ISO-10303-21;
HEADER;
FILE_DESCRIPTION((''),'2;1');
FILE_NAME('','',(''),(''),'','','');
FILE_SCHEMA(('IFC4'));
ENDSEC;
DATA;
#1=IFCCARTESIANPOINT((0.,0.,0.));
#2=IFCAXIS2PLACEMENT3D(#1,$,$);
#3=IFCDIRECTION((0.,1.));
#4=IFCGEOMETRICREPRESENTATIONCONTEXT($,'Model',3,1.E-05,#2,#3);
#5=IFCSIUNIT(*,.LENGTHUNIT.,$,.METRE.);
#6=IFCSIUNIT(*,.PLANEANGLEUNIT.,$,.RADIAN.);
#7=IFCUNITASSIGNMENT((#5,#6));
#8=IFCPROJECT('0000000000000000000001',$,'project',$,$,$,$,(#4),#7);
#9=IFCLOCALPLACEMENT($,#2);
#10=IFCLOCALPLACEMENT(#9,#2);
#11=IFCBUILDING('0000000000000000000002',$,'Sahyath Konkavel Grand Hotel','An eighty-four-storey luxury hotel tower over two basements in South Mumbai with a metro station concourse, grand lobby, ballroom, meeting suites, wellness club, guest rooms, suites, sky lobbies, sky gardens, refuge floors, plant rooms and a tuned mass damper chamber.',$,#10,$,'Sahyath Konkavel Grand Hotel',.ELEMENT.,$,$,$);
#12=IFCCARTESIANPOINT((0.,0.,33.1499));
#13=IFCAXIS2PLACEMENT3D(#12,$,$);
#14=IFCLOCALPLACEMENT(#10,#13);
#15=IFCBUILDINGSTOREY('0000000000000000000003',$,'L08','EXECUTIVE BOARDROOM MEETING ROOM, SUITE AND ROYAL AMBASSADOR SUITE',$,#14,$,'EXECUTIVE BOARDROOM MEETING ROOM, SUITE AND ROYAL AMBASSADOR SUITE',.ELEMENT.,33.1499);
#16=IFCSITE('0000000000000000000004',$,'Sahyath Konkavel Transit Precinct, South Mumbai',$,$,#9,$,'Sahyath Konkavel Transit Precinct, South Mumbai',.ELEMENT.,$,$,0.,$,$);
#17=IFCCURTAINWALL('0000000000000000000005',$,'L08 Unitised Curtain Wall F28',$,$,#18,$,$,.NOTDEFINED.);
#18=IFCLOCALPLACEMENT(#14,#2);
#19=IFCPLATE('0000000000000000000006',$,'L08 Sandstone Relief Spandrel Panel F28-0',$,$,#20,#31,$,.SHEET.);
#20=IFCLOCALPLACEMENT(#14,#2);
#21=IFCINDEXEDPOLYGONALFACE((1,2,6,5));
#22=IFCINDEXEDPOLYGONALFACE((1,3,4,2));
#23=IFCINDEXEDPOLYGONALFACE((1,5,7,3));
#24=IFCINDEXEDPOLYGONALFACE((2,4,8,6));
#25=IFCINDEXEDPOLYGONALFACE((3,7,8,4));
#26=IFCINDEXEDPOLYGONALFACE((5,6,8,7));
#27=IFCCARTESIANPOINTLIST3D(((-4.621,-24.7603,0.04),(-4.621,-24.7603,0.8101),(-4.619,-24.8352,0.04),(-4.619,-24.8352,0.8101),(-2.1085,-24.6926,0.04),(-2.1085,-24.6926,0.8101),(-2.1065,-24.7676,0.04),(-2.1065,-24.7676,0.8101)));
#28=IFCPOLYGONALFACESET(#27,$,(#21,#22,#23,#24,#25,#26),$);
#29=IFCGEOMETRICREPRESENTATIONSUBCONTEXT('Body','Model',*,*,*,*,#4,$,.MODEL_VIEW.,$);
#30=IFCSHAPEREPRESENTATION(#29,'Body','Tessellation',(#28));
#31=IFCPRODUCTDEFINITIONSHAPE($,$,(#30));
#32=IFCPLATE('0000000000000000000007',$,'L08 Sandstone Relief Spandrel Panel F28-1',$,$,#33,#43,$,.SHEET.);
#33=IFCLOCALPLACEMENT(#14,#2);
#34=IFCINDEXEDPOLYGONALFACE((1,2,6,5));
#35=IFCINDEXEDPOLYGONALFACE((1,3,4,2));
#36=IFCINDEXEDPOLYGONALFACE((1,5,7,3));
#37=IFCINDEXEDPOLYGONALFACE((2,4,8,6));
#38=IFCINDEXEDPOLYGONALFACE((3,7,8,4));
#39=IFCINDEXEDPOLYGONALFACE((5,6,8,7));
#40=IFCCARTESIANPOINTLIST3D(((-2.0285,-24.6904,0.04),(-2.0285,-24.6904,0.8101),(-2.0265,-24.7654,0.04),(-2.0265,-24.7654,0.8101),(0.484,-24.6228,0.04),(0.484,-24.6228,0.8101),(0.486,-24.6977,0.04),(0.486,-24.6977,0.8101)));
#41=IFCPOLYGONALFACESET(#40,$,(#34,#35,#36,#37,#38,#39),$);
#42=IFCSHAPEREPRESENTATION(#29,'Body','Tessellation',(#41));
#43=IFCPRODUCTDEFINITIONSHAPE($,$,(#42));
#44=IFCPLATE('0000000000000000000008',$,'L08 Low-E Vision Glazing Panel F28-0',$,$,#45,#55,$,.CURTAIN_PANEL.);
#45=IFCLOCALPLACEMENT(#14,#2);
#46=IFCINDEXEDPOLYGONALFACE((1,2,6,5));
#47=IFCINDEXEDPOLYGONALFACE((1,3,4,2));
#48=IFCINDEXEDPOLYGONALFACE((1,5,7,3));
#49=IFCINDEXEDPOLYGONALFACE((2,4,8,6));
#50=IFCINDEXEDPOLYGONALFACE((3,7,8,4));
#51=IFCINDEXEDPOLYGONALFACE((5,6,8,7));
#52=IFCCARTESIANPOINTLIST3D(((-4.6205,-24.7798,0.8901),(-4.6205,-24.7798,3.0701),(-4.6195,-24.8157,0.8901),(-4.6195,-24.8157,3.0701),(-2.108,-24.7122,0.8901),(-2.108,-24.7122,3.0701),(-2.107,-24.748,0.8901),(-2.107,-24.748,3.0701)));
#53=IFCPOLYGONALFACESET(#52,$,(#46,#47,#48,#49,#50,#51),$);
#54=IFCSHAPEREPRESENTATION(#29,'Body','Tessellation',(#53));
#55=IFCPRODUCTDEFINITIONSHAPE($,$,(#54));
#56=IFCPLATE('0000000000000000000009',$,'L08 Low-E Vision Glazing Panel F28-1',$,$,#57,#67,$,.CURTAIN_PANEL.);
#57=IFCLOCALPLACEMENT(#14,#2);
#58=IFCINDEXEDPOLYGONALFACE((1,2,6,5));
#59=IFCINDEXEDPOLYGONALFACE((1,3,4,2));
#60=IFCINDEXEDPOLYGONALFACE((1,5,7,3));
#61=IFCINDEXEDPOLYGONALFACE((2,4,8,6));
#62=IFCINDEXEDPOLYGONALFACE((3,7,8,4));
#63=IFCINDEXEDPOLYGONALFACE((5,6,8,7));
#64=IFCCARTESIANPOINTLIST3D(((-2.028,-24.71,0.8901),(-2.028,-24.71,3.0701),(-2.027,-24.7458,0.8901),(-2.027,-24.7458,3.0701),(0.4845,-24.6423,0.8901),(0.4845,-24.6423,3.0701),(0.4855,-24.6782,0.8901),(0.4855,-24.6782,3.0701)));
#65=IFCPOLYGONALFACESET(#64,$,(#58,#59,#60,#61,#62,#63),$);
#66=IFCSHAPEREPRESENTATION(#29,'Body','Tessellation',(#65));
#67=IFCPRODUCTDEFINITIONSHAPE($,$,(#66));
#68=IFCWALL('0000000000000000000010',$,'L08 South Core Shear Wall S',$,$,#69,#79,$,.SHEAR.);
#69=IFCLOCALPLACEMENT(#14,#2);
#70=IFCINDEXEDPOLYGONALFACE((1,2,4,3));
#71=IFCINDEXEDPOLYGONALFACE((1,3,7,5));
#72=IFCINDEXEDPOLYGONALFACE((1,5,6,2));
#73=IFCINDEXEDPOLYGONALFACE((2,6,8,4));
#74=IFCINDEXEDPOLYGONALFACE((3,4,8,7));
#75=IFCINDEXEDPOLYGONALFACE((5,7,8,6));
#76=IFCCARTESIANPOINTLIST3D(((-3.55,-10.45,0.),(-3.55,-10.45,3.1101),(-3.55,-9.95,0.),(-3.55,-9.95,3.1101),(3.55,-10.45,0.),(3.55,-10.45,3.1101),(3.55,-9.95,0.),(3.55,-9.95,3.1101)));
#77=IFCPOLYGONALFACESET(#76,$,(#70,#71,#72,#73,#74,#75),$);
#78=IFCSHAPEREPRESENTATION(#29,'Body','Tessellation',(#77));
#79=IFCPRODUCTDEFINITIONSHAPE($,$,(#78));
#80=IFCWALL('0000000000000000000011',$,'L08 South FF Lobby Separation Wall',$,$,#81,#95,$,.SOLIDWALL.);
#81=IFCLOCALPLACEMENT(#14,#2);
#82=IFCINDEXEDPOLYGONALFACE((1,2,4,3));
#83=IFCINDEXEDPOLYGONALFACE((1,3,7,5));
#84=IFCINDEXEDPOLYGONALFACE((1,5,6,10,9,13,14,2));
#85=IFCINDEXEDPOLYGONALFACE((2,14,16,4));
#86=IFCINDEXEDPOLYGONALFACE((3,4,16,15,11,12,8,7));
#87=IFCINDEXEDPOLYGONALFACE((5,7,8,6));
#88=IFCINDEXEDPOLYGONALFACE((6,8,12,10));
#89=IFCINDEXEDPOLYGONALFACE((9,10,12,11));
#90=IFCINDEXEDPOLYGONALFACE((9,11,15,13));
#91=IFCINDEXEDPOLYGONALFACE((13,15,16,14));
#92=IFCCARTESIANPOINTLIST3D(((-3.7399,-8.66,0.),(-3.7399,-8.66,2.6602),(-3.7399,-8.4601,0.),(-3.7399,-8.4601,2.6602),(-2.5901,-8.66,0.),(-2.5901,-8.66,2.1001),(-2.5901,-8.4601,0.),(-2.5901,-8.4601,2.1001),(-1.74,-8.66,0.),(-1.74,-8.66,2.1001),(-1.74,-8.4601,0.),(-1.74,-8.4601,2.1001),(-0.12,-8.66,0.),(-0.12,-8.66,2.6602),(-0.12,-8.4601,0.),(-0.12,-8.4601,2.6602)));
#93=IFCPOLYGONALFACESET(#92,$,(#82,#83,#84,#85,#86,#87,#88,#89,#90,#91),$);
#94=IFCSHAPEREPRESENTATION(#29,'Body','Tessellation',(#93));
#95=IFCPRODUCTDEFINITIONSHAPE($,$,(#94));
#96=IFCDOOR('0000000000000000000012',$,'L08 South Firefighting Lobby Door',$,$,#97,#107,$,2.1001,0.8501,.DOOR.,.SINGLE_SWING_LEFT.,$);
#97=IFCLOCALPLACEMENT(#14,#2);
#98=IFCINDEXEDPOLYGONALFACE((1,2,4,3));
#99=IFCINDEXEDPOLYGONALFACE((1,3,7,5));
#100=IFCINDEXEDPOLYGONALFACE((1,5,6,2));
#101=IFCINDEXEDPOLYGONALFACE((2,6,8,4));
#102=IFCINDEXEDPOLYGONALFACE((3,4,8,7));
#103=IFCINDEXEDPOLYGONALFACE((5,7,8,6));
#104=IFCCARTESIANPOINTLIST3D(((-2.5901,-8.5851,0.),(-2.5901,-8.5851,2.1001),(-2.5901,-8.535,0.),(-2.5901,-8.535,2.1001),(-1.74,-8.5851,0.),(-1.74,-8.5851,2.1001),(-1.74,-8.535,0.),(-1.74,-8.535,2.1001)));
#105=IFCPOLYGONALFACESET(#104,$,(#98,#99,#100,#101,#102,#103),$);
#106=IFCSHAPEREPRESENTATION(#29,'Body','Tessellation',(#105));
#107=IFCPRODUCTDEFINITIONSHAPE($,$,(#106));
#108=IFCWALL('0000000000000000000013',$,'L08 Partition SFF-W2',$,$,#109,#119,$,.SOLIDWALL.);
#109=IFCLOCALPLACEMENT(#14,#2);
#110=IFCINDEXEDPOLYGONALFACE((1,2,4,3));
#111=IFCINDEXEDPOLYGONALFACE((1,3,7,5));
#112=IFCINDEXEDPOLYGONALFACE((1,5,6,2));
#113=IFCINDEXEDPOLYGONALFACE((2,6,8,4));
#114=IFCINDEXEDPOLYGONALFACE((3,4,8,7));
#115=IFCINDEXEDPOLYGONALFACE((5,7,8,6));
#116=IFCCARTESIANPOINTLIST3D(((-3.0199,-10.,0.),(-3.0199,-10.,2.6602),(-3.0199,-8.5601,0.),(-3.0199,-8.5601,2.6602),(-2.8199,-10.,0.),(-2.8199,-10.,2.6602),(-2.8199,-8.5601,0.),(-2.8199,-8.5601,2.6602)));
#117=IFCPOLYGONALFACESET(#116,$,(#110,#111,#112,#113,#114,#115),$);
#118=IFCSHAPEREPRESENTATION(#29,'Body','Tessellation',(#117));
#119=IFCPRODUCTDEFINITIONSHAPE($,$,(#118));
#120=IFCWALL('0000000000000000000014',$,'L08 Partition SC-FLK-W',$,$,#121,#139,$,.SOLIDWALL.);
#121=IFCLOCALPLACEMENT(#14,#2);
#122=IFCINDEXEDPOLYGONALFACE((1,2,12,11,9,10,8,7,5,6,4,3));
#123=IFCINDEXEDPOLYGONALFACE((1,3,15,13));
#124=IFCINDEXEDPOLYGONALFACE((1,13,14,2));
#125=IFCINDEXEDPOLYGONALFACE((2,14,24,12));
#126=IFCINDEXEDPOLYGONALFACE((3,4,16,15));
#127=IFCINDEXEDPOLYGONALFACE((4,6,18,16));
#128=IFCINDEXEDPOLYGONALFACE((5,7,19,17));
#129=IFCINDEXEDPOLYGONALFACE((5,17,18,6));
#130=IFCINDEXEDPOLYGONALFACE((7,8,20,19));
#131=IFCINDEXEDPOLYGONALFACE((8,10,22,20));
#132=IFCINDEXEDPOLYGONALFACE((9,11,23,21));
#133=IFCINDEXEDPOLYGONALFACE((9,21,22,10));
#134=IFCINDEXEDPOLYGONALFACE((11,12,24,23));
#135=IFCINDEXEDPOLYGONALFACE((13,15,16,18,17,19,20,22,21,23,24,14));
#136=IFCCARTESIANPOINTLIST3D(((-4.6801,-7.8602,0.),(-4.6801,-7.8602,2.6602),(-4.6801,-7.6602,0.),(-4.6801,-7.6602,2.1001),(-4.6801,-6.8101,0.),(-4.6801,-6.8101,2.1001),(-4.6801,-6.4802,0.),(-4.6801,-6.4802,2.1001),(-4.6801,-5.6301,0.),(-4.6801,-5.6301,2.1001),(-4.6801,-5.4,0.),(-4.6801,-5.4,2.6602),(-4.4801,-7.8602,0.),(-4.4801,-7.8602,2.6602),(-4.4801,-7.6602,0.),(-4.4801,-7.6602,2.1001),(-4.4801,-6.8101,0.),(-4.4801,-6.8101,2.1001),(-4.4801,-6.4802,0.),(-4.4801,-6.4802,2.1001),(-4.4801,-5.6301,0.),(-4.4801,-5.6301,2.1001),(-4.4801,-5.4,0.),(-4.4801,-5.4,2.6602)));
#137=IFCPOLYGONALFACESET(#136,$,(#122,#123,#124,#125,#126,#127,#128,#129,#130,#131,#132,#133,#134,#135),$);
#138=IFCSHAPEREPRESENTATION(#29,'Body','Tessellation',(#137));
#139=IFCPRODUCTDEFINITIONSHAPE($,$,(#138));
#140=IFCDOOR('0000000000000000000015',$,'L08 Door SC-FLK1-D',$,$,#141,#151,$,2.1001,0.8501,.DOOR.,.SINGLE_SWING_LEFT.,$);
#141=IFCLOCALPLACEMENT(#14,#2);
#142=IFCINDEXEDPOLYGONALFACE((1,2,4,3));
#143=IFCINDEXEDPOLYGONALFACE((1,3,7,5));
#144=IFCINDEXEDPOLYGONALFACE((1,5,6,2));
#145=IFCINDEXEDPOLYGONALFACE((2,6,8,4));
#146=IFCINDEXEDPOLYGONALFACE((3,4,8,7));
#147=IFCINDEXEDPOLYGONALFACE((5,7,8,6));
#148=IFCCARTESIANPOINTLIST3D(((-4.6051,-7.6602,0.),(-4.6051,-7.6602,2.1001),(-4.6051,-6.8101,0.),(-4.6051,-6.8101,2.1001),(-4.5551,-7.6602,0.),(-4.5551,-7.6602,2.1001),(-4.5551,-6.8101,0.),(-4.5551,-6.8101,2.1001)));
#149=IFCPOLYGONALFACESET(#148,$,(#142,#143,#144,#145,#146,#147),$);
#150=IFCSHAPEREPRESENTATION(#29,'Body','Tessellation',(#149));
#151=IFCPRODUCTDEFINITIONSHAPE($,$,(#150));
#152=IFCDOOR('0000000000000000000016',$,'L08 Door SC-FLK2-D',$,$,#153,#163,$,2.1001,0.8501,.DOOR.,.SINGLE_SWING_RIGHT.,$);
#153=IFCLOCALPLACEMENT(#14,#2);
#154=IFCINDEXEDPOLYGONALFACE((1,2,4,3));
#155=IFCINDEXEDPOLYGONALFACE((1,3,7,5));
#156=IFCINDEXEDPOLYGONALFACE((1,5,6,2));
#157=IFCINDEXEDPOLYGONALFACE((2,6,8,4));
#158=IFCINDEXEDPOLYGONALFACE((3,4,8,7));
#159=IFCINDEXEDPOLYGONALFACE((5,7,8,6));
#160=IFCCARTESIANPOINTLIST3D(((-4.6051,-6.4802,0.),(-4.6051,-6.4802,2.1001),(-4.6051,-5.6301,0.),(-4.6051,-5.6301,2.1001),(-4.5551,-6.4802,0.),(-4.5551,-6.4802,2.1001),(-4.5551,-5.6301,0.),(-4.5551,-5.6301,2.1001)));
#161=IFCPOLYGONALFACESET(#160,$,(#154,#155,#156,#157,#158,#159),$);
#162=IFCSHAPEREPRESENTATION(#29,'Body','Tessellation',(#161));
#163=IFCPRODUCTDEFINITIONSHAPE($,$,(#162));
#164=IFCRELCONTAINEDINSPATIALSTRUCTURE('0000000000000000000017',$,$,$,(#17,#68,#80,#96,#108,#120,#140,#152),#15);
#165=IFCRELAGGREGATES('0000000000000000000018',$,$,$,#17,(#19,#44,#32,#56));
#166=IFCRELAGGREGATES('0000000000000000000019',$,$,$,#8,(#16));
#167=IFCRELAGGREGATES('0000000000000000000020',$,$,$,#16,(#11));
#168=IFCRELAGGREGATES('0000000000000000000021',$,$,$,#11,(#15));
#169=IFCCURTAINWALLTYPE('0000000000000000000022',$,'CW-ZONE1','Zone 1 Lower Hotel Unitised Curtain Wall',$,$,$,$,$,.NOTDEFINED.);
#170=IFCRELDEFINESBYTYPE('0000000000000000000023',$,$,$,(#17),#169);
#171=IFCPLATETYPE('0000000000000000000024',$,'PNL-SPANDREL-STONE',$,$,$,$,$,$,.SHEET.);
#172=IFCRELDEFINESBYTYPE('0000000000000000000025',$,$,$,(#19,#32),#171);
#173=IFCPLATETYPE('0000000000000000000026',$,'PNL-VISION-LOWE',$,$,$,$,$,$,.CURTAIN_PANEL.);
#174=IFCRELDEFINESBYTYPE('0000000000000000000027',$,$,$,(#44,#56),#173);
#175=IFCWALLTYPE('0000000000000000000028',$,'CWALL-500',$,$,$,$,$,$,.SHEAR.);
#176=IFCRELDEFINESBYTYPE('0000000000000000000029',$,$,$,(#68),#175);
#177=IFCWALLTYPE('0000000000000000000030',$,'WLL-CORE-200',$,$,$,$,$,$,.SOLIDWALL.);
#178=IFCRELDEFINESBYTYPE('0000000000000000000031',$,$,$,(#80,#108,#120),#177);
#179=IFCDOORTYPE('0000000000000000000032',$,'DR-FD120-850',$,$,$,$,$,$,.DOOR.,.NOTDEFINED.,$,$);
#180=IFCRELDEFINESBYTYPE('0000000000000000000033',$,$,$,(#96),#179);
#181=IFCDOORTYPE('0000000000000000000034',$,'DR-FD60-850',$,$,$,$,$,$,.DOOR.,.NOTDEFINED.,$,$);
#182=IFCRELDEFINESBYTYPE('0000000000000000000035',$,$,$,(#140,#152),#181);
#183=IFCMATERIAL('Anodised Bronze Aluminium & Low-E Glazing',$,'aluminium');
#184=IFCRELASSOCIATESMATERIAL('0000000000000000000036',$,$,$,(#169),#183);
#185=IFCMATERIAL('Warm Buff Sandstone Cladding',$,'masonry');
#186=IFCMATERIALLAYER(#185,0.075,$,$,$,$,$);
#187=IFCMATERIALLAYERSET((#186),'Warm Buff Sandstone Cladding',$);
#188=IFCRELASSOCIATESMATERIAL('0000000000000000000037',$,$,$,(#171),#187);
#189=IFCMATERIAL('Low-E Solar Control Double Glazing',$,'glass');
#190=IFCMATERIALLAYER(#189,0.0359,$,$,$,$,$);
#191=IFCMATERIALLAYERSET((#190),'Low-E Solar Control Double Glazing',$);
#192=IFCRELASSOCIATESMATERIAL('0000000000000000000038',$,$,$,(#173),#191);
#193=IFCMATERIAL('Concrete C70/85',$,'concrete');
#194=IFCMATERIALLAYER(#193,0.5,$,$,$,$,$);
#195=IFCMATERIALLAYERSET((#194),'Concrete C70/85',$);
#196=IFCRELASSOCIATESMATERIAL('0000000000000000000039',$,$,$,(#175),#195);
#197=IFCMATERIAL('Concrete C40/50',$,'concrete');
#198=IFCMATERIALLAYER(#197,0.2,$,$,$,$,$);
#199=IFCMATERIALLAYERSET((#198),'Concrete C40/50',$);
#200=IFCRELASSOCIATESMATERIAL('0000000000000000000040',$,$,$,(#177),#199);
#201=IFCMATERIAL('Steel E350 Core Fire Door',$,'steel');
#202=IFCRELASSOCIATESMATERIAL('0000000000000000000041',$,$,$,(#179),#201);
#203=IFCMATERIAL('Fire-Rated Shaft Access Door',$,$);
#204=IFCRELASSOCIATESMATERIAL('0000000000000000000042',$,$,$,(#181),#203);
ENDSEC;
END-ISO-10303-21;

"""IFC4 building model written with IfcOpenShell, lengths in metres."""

from ifc_helpers import new_model, si_unit, direction, frame, frame_2d, origin, origin_2d, place, context, subcontext, project, spatial, rectangle, extrude, source, transform, mapped, material, layer, layer_set, type_object, element, fill, aggregate, save


model = new_model("IFC4")

# Units and contexts
model_context = context("Model", 3, precision=1e-05, world=origin(), true_north=direction((0.0, 1.0)))
body_context = subcontext(model_context, "Body", "Model", "MODEL_VIEW")
ifc_project = project(units=[si_unit("LENGTHUNIT", "METRE"), si_unit("PLANEANGLEUNIT", "RADIAN")], contexts=[model_context])

# Site, building, storey
site_placement = place(None, origin())
site = spatial("IfcSite", under=ifc_project, at=site_placement, Name="Sahyath Konkavel Transit Precinct, South Mumbai", LongName="Sahyath Konkavel Transit Precinct, South Mumbai", CompositionType="ELEMENT", RefElevation=0.0)
building_placement = place(site_placement, origin())
building = spatial("IfcBuilding", under=site, at=building_placement, Name="Sahyath Konkavel Grand Hotel", Description="An eighty-four-storey luxury hotel tower over two basements in South Mumbai with a metro station concourse, grand lobby, ballroom, meeting suites, wellness club, guest rooms, suites, sky lobbies, sky gardens, refuge floors, plant rooms and a tuned mass damper chamber.", LongName="Sahyath Konkavel Grand Hotel", CompositionType="ELEMENT")
storey_placement = place(building_placement, frame((0.0, 0.0, 33.1499)))
storey = spatial("IfcBuildingStorey", under=building, at=storey_placement, Name="L08", Description="EXECUTIVE BOARDROOM MEETING ROOM, SUITE AND ROYAL AMBASSADOR SUITE", LongName="EXECUTIVE BOARDROOM MEETING ROOM, SUITE AND ROYAL AMBASSADOR SUITE", CompositionType="ELEMENT", Elevation=33.1499)

# Shared definitions
ifc_material_1 = material(Name="Concrete C70/85", Category="concrete")

# Curtain wall, plates
ifc_material_2 = material(Name="Anodised Bronze Aluminium & Low-E Glazing", Category="aluminium")
curtain_wall_type = type_object("IfcCurtainWallType", Name="CW-ZONE1", Description="Zone 1 Lower Hotel Unitised Curtain Wall", PredefinedType="NOTDEFINED", material=ifc_material_2)
curtain_wall_placement = place(storey_placement, origin())
curtain_wall = element("IfcCurtainWall", 1, at=curtain_wall_placement, inside=storey, type_object=curtain_wall_type, Name="L08 Unitised Curtain Wall F28", PredefinedType="NOTDEFINED")
ifc_material_3 = material(Name="Warm Buff Sandstone Cladding", Category="masonry")
ifc_layer_1 = layer(ifc_material_3, 0.075)
ifc_layer_set_1 = layer_set([ifc_layer_1], Name="Warm Buff Sandstone Cladding")
plate_type_1 = type_object("IfcPlateType", Name="PNL-SPANDREL-STONE", PredefinedType="SHEET", material=ifc_layer_set_1)
shared_shape_1 = source(origin(), body_context, "Body", "SweptSolid", [
    extrude(rectangle(XDim=2.5134, YDim=0.075, at=origin_2d()), origin(), (0.0, 0.0, 1.0), 0.77),
])
plate_1_placement = place(storey_placement, frame((-3.3638, -24.7639, 0.04), z_axis=(0.0, 0.0, 1.0), x_axis=(0.999638, 0.02691, 0.0)))
plate_1 = element("IfcPlate", 2, at=plate_1_placement, type_object=plate_type_1, Name="L08 Sandstone Relief Spandrel Panel F28-0", PredefinedType="SHEET", context=body_context, shape_type="MappedRepresentation", body=[
    mapped(shared_shape_1, transform((0.0, 0.0, 0.0), scale=1.0)),
])
plate_2_placement = place(storey_placement, frame((-0.7712, -24.6941, 0.04), z_axis=(0.0, 0.0, 1.0), x_axis=(0.999638, 0.02691, 0.0)))
plate_2 = element("IfcPlate", 3, at=plate_2_placement, type_object=plate_type_1, Name="L08 Sandstone Relief Spandrel Panel F28-1", PredefinedType="SHEET", context=body_context, shape_type="MappedRepresentation", body=[
    mapped(shared_shape_1, transform((0.0, 0.0, 0.0), scale=1.0)),
])
ifc_material_4 = material(Name="Low-E Solar Control Double Glazing", Category="glass")
ifc_layer_2 = layer(ifc_material_4, 0.0359)
ifc_layer_set_2 = layer_set([ifc_layer_2], Name="Low-E Solar Control Double Glazing")
plate_type_2 = type_object("IfcPlateType", Name="PNL-VISION-LOWE", PredefinedType="CURTAIN_PANEL", material=ifc_layer_set_2)
shared_shape_2 = source(origin(), body_context, "Body", "SweptSolid", [
    extrude(rectangle(XDim=2.5134, YDim=0.0359, at=origin_2d()), origin(), (0.0, 0.0, 1.0), 2.1799),
])
plate_3_placement = place(storey_placement, frame((-3.3638, -24.7639, 0.8901), z_axis=(0.0, 0.0, 1.0), x_axis=(0.999638, 0.02691, 0.0)))
plate_3 = element("IfcPlate", 4, at=plate_3_placement, type_object=plate_type_2, Name="L08 Low-E Vision Glazing Panel F28-0", PredefinedType="CURTAIN_PANEL", context=body_context, shape_type="MappedRepresentation", body=[
    mapped(shared_shape_2, transform((0.0, 0.0, 0.0), scale=1.0)),
])
plate_4_placement = place(storey_placement, frame((-0.7712, -24.6941, 0.8901), z_axis=(0.0, 0.0, 1.0), x_axis=(0.999638, 0.02691, 0.0)))
plate_4 = element("IfcPlate", 5, at=plate_4_placement, type_object=plate_type_2, Name="L08 Low-E Vision Glazing Panel F28-1", PredefinedType="CURTAIN_PANEL", context=body_context, shape_type="MappedRepresentation", body=[
    mapped(shared_shape_2, transform((0.0, 0.0, 0.0), scale=1.0)),
])
aggregate(curtain_wall, [plate_1, plate_3, plate_2, plate_4])

# Wall
ifc_layer_3 = layer(ifc_material_1, 0.5)
ifc_layer_set_3 = layer_set([ifc_layer_3], Name="Concrete C70/85")
wall_type_1 = type_object("IfcWallType", Name="CWALL-500", PredefinedType="SHEAR", material=ifc_layer_set_3)
wall_1_placement = place(storey_placement, frame((-3.55, -10.2, 0.0), z_axis=(0.0, 0.0, 1.0), x_axis=(1.0, 0.0, 0.0)))
element("IfcWall", 6, at=wall_1_placement, inside=storey, type_object=wall_type_1, Name="L08 South Core Shear Wall S", PredefinedType="SHEAR", context=body_context, shape_type="SweptSolid", body=[
    extrude(rectangle(XDim=7.1001, YDim=0.5, at=frame_2d((3.55, 0.0))), origin(), (0.0, 0.0, 1.0), 3.1101),
])

# Wall, opening, door
ifc_material_5 = material(Name="Concrete C40/50", Category="concrete")
ifc_layer_4 = layer(ifc_material_5, 0.2)
ifc_layer_set_4 = layer_set([ifc_layer_4], Name="Concrete C40/50")
wall_type_2 = type_object("IfcWallType", Name="WLL-CORE-200", PredefinedType="SOLIDWALL", material=ifc_layer_set_4)
wall_2_placement = place(storey_placement, frame((-3.74, -8.5601, 0.0), z_axis=(0.0, 0.0, 1.0), x_axis=(1.0, 0.0, 0.0)))
wall_2 = element("IfcWall", 7, at=wall_2_placement, inside=storey, type_object=wall_type_2, Name="L08 South FF Lobby Separation Wall", PredefinedType="SOLIDWALL", context=body_context, shape_type="SweptSolid", body=[
    extrude(rectangle(XDim=3.6199, YDim=0.2, at=frame_2d((1.8101, 0.0))), origin(), (0.0, 0.0, 1.0), 2.6602),
])
opening_1_placement = place(wall_2_placement, frame((1.1499, 0.0, 0.0)))
opening_1 = element("IfcOpeningElement", 8, at=opening_1_placement, cuts=wall_2, PredefinedType="OPENING", context=body_context, shape_type="SweptSolid", body=[
    extrude(rectangle(XDim=0.8501, YDim=2.1001, at=frame_2d((0.425, 1.05))), frame((0.0, 0.1099, 0.0), z_axis=(0.0, -1.0, 0.0), x_axis=(1.0, 0.0, 0.0)), (0.0, 0.0, 1.0), 0.22),
])
ifc_material_6 = material(Name="Steel E350 Core Fire Door", Category="steel")
door_type_1 = type_object("IfcDoorType", Name="DR-FD120-850", OperationType="NOTDEFINED", PredefinedType="DOOR", material=ifc_material_6)
shared_shape_3 = source(origin(), body_context, "Body", "SweptSolid", [
    extrude(rectangle(XDim=0.8501, YDim=0.05, at=origin_2d()), origin(), (0.0, 0.0, 1.0), 2.1001),
])
door_1_placement = place(opening_1_placement, frame((0.425, 0.0, 0.0)))
door_1 = element("IfcDoor", 9, at=door_1_placement, inside=storey, type_object=door_type_1, Name="L08 South Firefighting Lobby Door", OperationType="SINGLE_SWING_LEFT", OverallHeight=2.1001, OverallWidth=0.8501, PredefinedType="DOOR", context=body_context, shape_type="MappedRepresentation", body=[
    mapped(shared_shape_3, transform((0.0, 0.0, 0.0), scale=1.0)),
])
fill(opening_1, door_1)

# Wall
wall_3_placement = place(storey_placement, frame((-2.9199, -10.0, 0.0), z_axis=(0.0, 0.0, 1.0), x_axis=(0.0, 1.0, 0.0)))
element("IfcWall", 10, at=wall_3_placement, inside=storey, type_object=wall_type_2, Name="L08 Partition SFF-W2", PredefinedType="SOLIDWALL", context=body_context, shape_type="SweptSolid", body=[
    extrude(rectangle(XDim=1.4399, YDim=0.2, at=frame_2d((0.72, 0.0))), origin(), (0.0, 0.0, 1.0), 2.6602),
])

# Wall, openings, doors
wall_4_placement = place(storey_placement, frame((-4.5801, -7.8601, 0.0), z_axis=(0.0, 0.0, 1.0), x_axis=(0.0, 1.0, 0.0)))
wall_4 = element("IfcWall", 11, at=wall_4_placement, inside=storey, type_object=wall_type_2, Name="L08 Partition SC-FLK-W", PredefinedType="SOLIDWALL", context=body_context, shape_type="SweptSolid", body=[
    extrude(rectangle(XDim=2.4602, YDim=0.2, at=frame_2d((1.23, 0.0))), origin(), (0.0, 0.0, 1.0), 2.6602),
])
opening_2_placement = place(wall_4_placement, frame((0.2, 0.0, 0.0)))
opening_2 = element("IfcOpeningElement", 12, at=opening_2_placement, cuts=wall_4, PredefinedType="OPENING", context=body_context, shape_type="SweptSolid", body=[
    extrude(rectangle(XDim=0.8501, YDim=2.1001, at=frame_2d((0.425, 1.05))), frame((0.0, 0.1099, 0.0), z_axis=(0.0, -1.0, 0.0), x_axis=(1.0, 0.0, 0.0)), (0.0, 0.0, 1.0), 0.22),
])
opening_3_placement = place(wall_4_placement, frame((1.3799, 0.0, 0.0)))
opening_3 = element("IfcOpeningElement", 13, at=opening_3_placement, cuts=wall_4, PredefinedType="OPENING", context=body_context, shape_type="SweptSolid", body=[
    extrude(rectangle(XDim=0.8501, YDim=2.1001, at=frame_2d((0.425, 1.05))), frame((0.0, 0.1099, 0.0), z_axis=(0.0, -1.0, 0.0), x_axis=(1.0, 0.0, 0.0)), (0.0, 0.0, 1.0), 0.22),
])
ifc_material_7 = material(Name="Fire-Rated Shaft Access Door")
door_type_2 = type_object("IfcDoorType", Name="DR-FD60-850", OperationType="NOTDEFINED", PredefinedType="DOOR", material=ifc_material_7)
door_2_placement = place(opening_2_placement, frame((0.425, 0.0, 0.0)))
door_2 = element("IfcDoor", 14, at=door_2_placement, inside=storey, type_object=door_type_2, Name="L08 Door SC-FLK1-D", OperationType="SINGLE_SWING_LEFT", OverallHeight=2.1001, OverallWidth=0.8501, PredefinedType="DOOR", context=body_context, shape_type="MappedRepresentation", body=[
    mapped(shared_shape_3, transform((0.0, 0.0, 0.0), scale=1.0)),
])
fill(opening_2, door_2)
door_3_placement = place(opening_3_placement, frame((0.425, 0.0, 0.0)))
door_3 = element("IfcDoor", 15, at=door_3_placement, inside=storey, type_object=door_type_2, Name="L08 Door SC-FLK2-D", OperationType="SINGLE_SWING_RIGHT", OverallHeight=2.1001, OverallWidth=0.8501, PredefinedType="DOOR", context=body_context, shape_type="MappedRepresentation", body=[
    mapped(shared_shape_3, transform((0.0, 0.0, 0.0), scale=1.0)),
])
fill(opening_3, door_3)

save(model, "model.ifc")
